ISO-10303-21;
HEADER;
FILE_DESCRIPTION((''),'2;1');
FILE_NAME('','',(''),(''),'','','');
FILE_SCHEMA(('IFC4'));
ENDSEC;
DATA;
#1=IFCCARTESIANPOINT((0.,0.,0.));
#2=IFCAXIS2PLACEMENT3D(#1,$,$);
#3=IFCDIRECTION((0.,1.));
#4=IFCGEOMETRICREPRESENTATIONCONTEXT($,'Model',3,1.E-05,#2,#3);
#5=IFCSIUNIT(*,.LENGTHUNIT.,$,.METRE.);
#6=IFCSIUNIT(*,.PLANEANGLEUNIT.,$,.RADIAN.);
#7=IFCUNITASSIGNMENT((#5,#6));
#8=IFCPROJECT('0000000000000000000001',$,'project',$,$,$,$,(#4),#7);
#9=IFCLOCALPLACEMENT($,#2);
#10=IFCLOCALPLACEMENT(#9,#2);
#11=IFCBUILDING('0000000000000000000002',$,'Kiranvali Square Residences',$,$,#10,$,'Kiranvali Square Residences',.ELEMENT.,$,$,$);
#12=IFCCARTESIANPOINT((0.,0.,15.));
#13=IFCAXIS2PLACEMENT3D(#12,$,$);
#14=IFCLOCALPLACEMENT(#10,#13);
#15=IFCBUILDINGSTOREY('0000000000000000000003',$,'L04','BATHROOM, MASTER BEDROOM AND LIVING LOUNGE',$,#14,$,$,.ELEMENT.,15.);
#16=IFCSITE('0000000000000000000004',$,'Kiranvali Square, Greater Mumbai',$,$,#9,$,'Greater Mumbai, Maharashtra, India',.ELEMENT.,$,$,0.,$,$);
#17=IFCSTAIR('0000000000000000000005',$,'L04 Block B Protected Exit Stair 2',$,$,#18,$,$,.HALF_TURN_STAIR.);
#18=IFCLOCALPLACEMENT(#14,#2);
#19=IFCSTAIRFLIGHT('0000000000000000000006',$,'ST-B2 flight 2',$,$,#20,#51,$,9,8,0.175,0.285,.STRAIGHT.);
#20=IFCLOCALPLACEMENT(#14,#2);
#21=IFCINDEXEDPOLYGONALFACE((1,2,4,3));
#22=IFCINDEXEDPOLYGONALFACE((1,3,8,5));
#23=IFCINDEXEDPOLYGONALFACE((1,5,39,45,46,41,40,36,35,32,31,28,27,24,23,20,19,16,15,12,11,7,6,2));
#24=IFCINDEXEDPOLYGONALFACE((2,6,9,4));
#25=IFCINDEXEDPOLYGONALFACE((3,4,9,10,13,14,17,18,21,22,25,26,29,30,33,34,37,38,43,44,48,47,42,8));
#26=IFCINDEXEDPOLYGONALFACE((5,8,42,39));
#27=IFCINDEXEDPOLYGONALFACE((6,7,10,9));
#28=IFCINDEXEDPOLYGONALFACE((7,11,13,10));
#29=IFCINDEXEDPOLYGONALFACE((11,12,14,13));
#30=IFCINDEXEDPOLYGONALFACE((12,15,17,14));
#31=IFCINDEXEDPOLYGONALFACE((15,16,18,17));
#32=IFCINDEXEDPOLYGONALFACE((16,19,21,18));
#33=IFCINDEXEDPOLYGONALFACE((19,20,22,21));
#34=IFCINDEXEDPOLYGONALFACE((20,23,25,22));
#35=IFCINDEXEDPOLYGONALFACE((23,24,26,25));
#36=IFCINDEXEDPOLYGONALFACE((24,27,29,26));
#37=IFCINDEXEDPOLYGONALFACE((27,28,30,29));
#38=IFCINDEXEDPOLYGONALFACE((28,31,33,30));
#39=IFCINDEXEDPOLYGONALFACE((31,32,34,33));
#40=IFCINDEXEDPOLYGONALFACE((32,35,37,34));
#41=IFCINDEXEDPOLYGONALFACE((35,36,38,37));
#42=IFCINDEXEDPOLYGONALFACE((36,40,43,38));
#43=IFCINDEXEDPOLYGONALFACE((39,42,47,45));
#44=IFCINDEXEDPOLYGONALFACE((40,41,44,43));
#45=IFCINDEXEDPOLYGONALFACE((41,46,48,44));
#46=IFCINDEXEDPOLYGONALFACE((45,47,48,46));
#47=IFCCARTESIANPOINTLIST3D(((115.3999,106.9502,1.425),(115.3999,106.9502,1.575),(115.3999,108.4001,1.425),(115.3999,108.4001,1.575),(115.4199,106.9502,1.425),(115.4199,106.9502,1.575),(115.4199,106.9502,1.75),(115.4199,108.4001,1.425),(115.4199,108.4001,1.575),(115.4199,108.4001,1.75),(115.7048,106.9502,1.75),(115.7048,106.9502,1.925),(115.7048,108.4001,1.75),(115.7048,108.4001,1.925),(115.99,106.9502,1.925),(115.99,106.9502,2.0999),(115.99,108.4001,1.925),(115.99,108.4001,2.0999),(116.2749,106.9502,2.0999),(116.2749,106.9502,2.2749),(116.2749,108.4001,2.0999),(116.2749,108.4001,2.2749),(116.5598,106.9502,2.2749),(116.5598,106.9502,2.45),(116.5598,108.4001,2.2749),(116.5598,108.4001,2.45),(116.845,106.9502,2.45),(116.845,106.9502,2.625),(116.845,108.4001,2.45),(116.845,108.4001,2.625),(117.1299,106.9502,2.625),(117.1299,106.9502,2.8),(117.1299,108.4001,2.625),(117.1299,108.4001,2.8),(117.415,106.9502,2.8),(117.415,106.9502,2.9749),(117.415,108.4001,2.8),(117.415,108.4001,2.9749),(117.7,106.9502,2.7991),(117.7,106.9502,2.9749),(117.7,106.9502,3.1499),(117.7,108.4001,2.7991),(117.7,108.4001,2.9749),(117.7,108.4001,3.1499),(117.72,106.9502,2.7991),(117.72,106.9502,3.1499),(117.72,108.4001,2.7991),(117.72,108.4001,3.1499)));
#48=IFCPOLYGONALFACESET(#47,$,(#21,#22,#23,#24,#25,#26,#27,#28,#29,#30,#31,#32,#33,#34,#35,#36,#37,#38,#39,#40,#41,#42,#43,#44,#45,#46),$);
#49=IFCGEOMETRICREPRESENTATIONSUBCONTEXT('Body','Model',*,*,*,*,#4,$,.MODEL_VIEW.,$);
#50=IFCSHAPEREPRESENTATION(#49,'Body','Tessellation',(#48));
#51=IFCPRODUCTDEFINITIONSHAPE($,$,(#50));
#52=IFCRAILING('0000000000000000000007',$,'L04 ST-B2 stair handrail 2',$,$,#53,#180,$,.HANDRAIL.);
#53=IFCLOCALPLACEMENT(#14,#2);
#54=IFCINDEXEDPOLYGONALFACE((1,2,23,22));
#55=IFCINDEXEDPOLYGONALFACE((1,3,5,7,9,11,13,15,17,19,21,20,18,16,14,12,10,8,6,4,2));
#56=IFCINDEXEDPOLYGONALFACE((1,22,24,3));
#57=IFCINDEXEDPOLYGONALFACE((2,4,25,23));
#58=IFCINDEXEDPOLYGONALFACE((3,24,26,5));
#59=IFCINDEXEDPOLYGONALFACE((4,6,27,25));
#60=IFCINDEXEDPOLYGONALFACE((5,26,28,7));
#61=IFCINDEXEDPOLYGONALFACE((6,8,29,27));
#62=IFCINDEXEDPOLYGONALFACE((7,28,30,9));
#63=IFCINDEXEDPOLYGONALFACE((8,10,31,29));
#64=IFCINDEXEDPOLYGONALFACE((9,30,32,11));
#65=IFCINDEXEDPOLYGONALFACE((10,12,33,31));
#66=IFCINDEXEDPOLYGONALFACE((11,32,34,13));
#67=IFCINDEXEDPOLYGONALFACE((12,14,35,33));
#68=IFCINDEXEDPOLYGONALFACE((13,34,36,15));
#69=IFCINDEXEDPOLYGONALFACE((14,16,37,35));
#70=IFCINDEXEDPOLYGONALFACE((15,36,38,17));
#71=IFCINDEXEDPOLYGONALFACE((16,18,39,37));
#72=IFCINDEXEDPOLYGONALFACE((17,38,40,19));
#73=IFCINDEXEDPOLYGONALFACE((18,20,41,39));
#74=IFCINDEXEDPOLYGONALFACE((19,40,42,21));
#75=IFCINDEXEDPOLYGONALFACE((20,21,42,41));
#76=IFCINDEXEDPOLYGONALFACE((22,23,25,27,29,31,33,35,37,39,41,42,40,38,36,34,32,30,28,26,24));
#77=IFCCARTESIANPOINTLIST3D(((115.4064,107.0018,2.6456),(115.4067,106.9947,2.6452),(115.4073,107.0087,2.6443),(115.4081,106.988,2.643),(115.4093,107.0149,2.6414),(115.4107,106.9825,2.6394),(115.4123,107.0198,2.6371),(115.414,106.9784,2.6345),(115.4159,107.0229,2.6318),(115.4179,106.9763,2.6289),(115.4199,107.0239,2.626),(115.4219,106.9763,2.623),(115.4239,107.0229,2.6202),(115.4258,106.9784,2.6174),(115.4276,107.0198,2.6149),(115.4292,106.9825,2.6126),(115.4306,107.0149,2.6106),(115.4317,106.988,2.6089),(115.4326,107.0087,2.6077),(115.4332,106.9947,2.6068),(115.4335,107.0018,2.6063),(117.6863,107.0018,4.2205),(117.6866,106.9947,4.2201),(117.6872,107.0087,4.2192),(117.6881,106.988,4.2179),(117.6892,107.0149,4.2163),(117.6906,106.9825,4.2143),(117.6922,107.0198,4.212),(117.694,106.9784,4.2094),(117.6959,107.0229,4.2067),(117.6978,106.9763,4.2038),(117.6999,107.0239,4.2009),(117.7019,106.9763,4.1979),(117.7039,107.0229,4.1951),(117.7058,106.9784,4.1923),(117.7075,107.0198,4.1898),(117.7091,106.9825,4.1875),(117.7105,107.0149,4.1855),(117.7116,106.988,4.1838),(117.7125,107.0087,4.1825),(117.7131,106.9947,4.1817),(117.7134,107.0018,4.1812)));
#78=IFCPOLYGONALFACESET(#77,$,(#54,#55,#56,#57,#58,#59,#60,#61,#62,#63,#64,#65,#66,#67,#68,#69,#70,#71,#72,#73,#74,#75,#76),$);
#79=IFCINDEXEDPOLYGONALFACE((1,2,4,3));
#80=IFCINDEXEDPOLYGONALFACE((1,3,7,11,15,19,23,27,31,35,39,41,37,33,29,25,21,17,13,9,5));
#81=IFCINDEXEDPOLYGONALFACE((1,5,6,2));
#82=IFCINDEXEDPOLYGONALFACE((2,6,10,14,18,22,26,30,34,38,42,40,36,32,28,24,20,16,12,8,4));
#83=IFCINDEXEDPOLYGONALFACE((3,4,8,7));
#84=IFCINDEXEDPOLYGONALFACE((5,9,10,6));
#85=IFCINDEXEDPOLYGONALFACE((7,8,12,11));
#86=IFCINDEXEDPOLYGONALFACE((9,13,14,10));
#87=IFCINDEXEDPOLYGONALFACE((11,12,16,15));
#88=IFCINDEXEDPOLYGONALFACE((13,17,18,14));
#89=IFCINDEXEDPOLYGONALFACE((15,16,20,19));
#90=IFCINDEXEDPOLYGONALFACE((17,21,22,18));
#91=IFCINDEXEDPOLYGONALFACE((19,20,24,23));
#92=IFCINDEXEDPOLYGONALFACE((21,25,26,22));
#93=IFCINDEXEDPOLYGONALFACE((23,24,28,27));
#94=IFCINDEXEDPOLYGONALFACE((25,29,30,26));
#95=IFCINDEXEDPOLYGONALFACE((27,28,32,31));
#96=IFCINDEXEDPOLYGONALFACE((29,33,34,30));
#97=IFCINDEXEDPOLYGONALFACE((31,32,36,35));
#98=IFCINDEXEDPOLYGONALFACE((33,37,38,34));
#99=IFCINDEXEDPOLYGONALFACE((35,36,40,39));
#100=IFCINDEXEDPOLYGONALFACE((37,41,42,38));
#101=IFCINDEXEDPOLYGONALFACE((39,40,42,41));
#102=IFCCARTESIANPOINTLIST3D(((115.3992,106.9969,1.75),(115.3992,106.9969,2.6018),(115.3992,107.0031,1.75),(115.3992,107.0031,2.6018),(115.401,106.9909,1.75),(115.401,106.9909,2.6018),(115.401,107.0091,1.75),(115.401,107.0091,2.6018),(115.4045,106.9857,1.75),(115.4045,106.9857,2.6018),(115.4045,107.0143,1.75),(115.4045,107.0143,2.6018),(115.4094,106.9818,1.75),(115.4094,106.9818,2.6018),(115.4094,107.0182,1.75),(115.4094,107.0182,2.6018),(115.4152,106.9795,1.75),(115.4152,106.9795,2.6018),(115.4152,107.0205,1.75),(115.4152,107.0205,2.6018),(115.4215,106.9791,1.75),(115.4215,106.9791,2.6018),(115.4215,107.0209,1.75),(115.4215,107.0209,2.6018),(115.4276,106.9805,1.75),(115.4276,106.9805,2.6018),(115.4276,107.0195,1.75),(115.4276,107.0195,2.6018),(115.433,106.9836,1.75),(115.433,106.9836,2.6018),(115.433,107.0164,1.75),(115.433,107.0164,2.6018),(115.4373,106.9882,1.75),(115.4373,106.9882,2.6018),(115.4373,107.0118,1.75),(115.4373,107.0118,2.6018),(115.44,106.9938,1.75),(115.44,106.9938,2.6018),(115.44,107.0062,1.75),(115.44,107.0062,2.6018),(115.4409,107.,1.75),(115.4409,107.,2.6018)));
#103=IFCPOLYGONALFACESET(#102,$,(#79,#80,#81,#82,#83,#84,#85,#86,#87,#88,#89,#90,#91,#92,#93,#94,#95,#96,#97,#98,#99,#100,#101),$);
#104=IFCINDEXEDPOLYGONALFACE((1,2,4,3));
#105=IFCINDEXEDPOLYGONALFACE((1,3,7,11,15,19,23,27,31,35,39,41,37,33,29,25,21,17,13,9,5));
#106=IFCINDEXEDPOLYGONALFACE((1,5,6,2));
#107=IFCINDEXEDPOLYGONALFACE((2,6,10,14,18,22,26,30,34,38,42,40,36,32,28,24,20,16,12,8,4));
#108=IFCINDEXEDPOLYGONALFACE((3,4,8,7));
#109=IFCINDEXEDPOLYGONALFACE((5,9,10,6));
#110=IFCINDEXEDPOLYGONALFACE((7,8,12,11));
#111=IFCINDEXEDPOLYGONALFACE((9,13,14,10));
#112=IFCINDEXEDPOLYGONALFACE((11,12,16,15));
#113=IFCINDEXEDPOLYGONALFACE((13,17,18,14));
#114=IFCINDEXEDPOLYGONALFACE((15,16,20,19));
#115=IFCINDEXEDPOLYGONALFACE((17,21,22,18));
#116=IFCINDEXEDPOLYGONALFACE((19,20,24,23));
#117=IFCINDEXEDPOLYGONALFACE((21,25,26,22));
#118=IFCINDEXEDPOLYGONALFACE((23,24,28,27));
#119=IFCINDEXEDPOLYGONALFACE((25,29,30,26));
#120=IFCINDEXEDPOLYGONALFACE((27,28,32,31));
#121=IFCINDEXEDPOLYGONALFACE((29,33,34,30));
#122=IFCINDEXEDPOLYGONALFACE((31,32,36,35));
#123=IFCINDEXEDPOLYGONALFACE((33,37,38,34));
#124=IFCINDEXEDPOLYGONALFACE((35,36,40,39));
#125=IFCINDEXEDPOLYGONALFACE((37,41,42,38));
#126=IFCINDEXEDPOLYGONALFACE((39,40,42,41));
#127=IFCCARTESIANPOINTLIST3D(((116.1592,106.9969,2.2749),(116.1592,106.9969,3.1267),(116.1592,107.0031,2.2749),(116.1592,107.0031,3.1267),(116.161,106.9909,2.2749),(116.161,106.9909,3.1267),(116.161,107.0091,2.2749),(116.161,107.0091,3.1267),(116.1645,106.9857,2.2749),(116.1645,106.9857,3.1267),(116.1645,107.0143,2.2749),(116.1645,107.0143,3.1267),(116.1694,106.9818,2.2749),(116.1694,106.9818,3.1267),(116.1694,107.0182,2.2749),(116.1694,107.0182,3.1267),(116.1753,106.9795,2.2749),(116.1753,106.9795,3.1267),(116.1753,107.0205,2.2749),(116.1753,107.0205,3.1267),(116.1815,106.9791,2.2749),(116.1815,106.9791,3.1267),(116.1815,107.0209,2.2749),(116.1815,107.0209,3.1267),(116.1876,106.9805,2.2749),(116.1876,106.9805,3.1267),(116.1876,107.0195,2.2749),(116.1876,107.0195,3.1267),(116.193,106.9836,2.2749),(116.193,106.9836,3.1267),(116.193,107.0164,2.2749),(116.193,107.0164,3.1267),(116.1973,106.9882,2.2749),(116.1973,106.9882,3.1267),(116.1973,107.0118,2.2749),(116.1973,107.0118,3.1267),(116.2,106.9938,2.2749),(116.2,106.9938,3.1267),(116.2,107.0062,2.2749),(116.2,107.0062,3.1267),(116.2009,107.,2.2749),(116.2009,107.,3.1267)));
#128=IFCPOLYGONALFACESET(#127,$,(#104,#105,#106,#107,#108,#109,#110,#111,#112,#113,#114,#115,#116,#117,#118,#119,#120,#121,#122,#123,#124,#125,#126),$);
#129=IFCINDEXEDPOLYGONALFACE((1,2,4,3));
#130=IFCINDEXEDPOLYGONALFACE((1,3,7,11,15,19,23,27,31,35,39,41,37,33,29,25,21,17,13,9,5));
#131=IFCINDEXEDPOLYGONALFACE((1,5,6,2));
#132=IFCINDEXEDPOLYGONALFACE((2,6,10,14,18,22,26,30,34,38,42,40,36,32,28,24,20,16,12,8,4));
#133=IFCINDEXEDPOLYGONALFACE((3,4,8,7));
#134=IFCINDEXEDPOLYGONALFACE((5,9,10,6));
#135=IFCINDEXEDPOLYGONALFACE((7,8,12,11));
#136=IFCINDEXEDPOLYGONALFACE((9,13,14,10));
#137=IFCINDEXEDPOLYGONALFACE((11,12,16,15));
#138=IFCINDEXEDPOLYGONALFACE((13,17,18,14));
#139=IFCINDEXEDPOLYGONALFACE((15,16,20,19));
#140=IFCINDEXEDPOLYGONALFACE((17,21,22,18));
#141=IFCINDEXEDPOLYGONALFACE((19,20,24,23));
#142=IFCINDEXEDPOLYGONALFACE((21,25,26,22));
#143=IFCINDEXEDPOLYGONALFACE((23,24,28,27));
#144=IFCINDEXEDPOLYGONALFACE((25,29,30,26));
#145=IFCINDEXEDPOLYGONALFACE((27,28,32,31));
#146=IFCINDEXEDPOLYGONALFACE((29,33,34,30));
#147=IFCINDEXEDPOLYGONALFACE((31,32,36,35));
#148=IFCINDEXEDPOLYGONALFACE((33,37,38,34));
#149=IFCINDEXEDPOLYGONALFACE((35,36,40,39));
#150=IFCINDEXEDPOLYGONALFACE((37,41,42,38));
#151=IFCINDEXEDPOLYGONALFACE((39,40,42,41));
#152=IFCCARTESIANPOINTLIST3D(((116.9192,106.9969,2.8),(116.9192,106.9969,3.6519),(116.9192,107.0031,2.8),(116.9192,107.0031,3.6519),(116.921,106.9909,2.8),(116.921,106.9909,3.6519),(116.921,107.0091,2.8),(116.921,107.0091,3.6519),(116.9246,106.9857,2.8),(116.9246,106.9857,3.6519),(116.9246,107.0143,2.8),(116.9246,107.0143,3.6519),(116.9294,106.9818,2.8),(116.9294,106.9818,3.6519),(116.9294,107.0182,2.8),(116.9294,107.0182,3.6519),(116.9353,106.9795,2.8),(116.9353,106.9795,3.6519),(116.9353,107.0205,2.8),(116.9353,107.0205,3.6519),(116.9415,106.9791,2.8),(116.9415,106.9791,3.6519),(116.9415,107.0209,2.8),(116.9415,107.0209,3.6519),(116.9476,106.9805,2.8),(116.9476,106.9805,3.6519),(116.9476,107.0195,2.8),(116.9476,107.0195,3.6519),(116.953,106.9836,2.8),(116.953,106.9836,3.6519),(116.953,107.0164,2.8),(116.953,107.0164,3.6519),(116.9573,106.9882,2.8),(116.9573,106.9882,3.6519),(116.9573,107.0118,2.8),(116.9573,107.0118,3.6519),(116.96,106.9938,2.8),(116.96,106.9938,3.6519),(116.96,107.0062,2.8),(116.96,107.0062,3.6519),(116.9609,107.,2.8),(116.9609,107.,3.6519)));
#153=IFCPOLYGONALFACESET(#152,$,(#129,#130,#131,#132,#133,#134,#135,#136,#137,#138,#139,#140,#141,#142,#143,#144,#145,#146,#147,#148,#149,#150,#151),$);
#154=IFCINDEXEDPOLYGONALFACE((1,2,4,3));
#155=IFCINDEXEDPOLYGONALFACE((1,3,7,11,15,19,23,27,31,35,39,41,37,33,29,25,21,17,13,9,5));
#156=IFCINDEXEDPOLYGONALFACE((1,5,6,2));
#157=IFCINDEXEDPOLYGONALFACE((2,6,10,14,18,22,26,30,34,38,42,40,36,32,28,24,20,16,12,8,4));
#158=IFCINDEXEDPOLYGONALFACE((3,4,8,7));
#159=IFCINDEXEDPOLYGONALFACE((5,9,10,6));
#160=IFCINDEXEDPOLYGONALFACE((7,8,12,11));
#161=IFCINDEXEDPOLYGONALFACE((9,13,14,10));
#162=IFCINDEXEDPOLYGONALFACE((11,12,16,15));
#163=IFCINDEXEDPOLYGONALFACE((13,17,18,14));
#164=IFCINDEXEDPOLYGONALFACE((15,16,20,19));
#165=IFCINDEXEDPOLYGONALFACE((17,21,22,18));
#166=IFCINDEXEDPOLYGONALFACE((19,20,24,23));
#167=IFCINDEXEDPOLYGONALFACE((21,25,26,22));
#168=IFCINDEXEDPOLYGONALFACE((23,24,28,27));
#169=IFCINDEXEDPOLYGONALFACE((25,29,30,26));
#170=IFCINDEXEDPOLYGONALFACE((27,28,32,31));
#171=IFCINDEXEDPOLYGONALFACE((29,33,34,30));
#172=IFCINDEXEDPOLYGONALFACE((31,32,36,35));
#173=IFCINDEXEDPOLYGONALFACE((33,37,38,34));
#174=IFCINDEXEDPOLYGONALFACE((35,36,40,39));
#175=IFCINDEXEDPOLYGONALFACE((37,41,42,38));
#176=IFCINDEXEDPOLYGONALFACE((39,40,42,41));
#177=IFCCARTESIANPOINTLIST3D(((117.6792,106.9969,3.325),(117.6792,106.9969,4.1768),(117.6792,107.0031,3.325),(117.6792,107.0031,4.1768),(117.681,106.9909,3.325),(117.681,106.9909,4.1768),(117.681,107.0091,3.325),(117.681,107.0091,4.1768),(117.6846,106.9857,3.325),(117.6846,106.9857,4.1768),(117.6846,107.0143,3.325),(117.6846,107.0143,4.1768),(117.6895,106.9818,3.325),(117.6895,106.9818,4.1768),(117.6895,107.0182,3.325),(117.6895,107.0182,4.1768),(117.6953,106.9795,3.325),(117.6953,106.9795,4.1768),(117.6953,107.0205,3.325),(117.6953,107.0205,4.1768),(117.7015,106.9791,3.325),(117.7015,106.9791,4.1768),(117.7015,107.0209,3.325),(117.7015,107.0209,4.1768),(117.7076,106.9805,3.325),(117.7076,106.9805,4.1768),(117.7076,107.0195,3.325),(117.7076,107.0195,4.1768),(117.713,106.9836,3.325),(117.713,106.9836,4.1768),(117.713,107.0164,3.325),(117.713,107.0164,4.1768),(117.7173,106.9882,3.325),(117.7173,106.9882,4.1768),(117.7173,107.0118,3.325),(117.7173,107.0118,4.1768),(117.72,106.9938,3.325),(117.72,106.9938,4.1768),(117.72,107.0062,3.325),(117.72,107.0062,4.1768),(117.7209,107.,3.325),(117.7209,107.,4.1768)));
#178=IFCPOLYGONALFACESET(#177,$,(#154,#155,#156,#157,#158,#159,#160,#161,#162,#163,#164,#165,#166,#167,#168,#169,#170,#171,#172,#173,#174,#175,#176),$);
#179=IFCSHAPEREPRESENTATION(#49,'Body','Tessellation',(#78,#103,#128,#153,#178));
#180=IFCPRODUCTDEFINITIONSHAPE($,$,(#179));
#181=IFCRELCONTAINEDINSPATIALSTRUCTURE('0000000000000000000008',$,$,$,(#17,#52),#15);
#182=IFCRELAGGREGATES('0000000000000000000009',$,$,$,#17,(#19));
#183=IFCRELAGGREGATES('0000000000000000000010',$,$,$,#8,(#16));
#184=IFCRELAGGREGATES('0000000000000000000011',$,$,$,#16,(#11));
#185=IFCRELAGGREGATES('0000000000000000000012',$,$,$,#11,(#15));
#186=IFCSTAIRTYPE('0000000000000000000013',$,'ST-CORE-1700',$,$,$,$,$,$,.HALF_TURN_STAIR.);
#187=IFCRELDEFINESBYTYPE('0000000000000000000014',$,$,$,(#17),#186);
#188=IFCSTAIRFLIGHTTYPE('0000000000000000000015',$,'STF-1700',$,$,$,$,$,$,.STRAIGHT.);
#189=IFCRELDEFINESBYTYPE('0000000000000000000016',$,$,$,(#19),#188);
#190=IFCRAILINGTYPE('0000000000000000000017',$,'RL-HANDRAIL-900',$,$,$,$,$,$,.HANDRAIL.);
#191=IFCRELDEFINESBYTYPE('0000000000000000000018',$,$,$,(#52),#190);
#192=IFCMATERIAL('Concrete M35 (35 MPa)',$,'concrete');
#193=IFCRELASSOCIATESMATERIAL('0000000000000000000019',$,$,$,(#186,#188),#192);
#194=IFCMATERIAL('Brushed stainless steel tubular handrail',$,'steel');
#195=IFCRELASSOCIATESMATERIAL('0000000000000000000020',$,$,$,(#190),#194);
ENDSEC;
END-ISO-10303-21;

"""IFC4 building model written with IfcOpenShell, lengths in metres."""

from ifc_helpers import new_model, si_unit, direction, frame, origin, origin_2d, place, context, subcontext, project, spatial, polyline, circle, outline, extrude, material, type_object, element, aggregate, save


model = new_model("IFC4")

# Units and contexts
model_context = context("Model", 3, precision=1e-05, world=origin(), true_north=direction((0.0, 1.0)))
body_context = subcontext(model_context, "Body", "Model", "MODEL_VIEW")
ifc_project = project(units=[si_unit("LENGTHUNIT", "METRE"), si_unit("PLANEANGLEUNIT", "RADIAN")], contexts=[model_context])

# Site, building, storey
site_placement = place(None, origin())
site = spatial("IfcSite", under=ifc_project, at=site_placement, Name="Kiranvali Square, Greater Mumbai", LongName="Greater Mumbai, Maharashtra, India", CompositionType="ELEMENT", RefElevation=0.0)
building_placement = place(site_placement, origin())
building = spatial("IfcBuilding", under=site, at=building_placement, Name="Kiranvali Square Residences", LongName="Kiranvali Square Residences", CompositionType="ELEMENT")
storey_placement = place(building_placement, frame((0.0, 0.0, 15.0)))
storey = spatial("IfcBuildingStorey", under=building, at=storey_placement, Name="L04", Description="BATHROOM, MASTER BEDROOM AND LIVING LOUNGE", CompositionType="ELEMENT", Elevation=15.0)

# Stair, stair flight
ifc_material_1 = material(Name="Concrete M35 (35 MPa)", Category="concrete")
stair_type = type_object("IfcStairType", Name="ST-CORE-1700", PredefinedType="HALF_TURN_STAIR", material=ifc_material_1)
stair_placement = place(storey_placement, origin())
stair = element("IfcStair", 1, at=stair_placement, inside=storey, type_object=stair_type, Name="L04 Block B Protected Exit Stair 2", PredefinedType="HALF_TURN_STAIR")
stair_flight_type = type_object("IfcStairFlightType", Name="STF-1700", PredefinedType="STRAIGHT", material=ifc_material_1)
stair_flight_placement = place(storey_placement, frame((115.4199, 107.675, 1.575), z_axis=(0.0, 0.0, 1.0), x_axis=(1.0, 0.0, 0.0)))
stair_flight = element("IfcStairFlight", 2, at=stair_flight_placement, type_object=stair_flight_type, Name="ST-B2 flight 2", NumberOfRisers=9, NumberOfTreads=8, PredefinedType="STRAIGHT", RiserHeight=0.175, TreadLength=0.285, context=body_context, shape_type="SweptSolid", body=[
    extrude(outline(polyline([(-0.02, -0.1499), (-0.02, 0.0), (0.0, 0.0), (0.0, 0.175), (0.2849, 0.175), (0.2849, 0.3501), (0.5701, 0.3501), (0.5701, 0.5249), (0.855, 0.5249), (0.855, 0.7), (1.1399, 0.7), (1.1399, 0.875), (1.425, 0.875), (1.425, 1.05), (1.71, 1.05), (1.71, 1.2251), (1.9951, 1.2251), (1.9951, 1.3999), (2.28, 1.3999), (2.28, 1.575), (2.3, 1.575), (2.3, 1.2241), (2.28, 1.2241), (0.0, -0.1499), (-0.02, -0.1499)])), frame((0.0, 0.7251, 0.0), z_axis=(0.0, -1.0, 0.0), x_axis=(1.0, 0.0, 0.0)), (0.0, 0.0, 1.0), 1.45),
])
aggregate(stair, [stair_flight])

# Railing
ifc_material_2 = material(Name="Brushed stainless steel tubular handrail", Category="steel")
railing_type_1 = type_object("IfcRailingType", Name="RL-HANDRAIL-900", PredefinedType="HANDRAIL", material=ifc_material_2)
railing_1_placement = place(storey_placement, frame((115.4199, 107.0, 1.75)))
element("IfcRailing", 3, at=railing_1_placement, inside=storey, type_object=railing_type_1, Name="L04 ST-B2 stair handrail 2", PredefinedType="HANDRAIL", context=body_context, shape_type="SweptSolid", body=[
    extrude(circle(Radius=0.0239, at=origin_2d()), frame((0.0, 0.0, 0.876), z_axis=(0.822788, 0.0, 0.568348), x_axis=(0.0, 1.0, 0.0)), (0.0, 0.0, 1.0), 2.771),
    extrude(circle(Radius=0.021, at=origin_2d()), origin(), (0.0, 0.0, 1.0), 0.8518),
    extrude(circle(Radius=0.021, at=origin_2d()), frame((0.76, 0.0, 0.5249)), (0.0, 0.0, 1.0), 0.8518),
    extrude(circle(Radius=0.021, at=origin_2d()), frame((1.52, 0.0, 1.05)), (0.0, 0.0, 1.0), 0.8518),
    extrude(circle(Radius=0.021, at=origin_2d()), frame((2.28, 0.0, 1.575)), (0.0, 0.0, 1.0), 0.8518),
])

save(model, "model.ifc")
